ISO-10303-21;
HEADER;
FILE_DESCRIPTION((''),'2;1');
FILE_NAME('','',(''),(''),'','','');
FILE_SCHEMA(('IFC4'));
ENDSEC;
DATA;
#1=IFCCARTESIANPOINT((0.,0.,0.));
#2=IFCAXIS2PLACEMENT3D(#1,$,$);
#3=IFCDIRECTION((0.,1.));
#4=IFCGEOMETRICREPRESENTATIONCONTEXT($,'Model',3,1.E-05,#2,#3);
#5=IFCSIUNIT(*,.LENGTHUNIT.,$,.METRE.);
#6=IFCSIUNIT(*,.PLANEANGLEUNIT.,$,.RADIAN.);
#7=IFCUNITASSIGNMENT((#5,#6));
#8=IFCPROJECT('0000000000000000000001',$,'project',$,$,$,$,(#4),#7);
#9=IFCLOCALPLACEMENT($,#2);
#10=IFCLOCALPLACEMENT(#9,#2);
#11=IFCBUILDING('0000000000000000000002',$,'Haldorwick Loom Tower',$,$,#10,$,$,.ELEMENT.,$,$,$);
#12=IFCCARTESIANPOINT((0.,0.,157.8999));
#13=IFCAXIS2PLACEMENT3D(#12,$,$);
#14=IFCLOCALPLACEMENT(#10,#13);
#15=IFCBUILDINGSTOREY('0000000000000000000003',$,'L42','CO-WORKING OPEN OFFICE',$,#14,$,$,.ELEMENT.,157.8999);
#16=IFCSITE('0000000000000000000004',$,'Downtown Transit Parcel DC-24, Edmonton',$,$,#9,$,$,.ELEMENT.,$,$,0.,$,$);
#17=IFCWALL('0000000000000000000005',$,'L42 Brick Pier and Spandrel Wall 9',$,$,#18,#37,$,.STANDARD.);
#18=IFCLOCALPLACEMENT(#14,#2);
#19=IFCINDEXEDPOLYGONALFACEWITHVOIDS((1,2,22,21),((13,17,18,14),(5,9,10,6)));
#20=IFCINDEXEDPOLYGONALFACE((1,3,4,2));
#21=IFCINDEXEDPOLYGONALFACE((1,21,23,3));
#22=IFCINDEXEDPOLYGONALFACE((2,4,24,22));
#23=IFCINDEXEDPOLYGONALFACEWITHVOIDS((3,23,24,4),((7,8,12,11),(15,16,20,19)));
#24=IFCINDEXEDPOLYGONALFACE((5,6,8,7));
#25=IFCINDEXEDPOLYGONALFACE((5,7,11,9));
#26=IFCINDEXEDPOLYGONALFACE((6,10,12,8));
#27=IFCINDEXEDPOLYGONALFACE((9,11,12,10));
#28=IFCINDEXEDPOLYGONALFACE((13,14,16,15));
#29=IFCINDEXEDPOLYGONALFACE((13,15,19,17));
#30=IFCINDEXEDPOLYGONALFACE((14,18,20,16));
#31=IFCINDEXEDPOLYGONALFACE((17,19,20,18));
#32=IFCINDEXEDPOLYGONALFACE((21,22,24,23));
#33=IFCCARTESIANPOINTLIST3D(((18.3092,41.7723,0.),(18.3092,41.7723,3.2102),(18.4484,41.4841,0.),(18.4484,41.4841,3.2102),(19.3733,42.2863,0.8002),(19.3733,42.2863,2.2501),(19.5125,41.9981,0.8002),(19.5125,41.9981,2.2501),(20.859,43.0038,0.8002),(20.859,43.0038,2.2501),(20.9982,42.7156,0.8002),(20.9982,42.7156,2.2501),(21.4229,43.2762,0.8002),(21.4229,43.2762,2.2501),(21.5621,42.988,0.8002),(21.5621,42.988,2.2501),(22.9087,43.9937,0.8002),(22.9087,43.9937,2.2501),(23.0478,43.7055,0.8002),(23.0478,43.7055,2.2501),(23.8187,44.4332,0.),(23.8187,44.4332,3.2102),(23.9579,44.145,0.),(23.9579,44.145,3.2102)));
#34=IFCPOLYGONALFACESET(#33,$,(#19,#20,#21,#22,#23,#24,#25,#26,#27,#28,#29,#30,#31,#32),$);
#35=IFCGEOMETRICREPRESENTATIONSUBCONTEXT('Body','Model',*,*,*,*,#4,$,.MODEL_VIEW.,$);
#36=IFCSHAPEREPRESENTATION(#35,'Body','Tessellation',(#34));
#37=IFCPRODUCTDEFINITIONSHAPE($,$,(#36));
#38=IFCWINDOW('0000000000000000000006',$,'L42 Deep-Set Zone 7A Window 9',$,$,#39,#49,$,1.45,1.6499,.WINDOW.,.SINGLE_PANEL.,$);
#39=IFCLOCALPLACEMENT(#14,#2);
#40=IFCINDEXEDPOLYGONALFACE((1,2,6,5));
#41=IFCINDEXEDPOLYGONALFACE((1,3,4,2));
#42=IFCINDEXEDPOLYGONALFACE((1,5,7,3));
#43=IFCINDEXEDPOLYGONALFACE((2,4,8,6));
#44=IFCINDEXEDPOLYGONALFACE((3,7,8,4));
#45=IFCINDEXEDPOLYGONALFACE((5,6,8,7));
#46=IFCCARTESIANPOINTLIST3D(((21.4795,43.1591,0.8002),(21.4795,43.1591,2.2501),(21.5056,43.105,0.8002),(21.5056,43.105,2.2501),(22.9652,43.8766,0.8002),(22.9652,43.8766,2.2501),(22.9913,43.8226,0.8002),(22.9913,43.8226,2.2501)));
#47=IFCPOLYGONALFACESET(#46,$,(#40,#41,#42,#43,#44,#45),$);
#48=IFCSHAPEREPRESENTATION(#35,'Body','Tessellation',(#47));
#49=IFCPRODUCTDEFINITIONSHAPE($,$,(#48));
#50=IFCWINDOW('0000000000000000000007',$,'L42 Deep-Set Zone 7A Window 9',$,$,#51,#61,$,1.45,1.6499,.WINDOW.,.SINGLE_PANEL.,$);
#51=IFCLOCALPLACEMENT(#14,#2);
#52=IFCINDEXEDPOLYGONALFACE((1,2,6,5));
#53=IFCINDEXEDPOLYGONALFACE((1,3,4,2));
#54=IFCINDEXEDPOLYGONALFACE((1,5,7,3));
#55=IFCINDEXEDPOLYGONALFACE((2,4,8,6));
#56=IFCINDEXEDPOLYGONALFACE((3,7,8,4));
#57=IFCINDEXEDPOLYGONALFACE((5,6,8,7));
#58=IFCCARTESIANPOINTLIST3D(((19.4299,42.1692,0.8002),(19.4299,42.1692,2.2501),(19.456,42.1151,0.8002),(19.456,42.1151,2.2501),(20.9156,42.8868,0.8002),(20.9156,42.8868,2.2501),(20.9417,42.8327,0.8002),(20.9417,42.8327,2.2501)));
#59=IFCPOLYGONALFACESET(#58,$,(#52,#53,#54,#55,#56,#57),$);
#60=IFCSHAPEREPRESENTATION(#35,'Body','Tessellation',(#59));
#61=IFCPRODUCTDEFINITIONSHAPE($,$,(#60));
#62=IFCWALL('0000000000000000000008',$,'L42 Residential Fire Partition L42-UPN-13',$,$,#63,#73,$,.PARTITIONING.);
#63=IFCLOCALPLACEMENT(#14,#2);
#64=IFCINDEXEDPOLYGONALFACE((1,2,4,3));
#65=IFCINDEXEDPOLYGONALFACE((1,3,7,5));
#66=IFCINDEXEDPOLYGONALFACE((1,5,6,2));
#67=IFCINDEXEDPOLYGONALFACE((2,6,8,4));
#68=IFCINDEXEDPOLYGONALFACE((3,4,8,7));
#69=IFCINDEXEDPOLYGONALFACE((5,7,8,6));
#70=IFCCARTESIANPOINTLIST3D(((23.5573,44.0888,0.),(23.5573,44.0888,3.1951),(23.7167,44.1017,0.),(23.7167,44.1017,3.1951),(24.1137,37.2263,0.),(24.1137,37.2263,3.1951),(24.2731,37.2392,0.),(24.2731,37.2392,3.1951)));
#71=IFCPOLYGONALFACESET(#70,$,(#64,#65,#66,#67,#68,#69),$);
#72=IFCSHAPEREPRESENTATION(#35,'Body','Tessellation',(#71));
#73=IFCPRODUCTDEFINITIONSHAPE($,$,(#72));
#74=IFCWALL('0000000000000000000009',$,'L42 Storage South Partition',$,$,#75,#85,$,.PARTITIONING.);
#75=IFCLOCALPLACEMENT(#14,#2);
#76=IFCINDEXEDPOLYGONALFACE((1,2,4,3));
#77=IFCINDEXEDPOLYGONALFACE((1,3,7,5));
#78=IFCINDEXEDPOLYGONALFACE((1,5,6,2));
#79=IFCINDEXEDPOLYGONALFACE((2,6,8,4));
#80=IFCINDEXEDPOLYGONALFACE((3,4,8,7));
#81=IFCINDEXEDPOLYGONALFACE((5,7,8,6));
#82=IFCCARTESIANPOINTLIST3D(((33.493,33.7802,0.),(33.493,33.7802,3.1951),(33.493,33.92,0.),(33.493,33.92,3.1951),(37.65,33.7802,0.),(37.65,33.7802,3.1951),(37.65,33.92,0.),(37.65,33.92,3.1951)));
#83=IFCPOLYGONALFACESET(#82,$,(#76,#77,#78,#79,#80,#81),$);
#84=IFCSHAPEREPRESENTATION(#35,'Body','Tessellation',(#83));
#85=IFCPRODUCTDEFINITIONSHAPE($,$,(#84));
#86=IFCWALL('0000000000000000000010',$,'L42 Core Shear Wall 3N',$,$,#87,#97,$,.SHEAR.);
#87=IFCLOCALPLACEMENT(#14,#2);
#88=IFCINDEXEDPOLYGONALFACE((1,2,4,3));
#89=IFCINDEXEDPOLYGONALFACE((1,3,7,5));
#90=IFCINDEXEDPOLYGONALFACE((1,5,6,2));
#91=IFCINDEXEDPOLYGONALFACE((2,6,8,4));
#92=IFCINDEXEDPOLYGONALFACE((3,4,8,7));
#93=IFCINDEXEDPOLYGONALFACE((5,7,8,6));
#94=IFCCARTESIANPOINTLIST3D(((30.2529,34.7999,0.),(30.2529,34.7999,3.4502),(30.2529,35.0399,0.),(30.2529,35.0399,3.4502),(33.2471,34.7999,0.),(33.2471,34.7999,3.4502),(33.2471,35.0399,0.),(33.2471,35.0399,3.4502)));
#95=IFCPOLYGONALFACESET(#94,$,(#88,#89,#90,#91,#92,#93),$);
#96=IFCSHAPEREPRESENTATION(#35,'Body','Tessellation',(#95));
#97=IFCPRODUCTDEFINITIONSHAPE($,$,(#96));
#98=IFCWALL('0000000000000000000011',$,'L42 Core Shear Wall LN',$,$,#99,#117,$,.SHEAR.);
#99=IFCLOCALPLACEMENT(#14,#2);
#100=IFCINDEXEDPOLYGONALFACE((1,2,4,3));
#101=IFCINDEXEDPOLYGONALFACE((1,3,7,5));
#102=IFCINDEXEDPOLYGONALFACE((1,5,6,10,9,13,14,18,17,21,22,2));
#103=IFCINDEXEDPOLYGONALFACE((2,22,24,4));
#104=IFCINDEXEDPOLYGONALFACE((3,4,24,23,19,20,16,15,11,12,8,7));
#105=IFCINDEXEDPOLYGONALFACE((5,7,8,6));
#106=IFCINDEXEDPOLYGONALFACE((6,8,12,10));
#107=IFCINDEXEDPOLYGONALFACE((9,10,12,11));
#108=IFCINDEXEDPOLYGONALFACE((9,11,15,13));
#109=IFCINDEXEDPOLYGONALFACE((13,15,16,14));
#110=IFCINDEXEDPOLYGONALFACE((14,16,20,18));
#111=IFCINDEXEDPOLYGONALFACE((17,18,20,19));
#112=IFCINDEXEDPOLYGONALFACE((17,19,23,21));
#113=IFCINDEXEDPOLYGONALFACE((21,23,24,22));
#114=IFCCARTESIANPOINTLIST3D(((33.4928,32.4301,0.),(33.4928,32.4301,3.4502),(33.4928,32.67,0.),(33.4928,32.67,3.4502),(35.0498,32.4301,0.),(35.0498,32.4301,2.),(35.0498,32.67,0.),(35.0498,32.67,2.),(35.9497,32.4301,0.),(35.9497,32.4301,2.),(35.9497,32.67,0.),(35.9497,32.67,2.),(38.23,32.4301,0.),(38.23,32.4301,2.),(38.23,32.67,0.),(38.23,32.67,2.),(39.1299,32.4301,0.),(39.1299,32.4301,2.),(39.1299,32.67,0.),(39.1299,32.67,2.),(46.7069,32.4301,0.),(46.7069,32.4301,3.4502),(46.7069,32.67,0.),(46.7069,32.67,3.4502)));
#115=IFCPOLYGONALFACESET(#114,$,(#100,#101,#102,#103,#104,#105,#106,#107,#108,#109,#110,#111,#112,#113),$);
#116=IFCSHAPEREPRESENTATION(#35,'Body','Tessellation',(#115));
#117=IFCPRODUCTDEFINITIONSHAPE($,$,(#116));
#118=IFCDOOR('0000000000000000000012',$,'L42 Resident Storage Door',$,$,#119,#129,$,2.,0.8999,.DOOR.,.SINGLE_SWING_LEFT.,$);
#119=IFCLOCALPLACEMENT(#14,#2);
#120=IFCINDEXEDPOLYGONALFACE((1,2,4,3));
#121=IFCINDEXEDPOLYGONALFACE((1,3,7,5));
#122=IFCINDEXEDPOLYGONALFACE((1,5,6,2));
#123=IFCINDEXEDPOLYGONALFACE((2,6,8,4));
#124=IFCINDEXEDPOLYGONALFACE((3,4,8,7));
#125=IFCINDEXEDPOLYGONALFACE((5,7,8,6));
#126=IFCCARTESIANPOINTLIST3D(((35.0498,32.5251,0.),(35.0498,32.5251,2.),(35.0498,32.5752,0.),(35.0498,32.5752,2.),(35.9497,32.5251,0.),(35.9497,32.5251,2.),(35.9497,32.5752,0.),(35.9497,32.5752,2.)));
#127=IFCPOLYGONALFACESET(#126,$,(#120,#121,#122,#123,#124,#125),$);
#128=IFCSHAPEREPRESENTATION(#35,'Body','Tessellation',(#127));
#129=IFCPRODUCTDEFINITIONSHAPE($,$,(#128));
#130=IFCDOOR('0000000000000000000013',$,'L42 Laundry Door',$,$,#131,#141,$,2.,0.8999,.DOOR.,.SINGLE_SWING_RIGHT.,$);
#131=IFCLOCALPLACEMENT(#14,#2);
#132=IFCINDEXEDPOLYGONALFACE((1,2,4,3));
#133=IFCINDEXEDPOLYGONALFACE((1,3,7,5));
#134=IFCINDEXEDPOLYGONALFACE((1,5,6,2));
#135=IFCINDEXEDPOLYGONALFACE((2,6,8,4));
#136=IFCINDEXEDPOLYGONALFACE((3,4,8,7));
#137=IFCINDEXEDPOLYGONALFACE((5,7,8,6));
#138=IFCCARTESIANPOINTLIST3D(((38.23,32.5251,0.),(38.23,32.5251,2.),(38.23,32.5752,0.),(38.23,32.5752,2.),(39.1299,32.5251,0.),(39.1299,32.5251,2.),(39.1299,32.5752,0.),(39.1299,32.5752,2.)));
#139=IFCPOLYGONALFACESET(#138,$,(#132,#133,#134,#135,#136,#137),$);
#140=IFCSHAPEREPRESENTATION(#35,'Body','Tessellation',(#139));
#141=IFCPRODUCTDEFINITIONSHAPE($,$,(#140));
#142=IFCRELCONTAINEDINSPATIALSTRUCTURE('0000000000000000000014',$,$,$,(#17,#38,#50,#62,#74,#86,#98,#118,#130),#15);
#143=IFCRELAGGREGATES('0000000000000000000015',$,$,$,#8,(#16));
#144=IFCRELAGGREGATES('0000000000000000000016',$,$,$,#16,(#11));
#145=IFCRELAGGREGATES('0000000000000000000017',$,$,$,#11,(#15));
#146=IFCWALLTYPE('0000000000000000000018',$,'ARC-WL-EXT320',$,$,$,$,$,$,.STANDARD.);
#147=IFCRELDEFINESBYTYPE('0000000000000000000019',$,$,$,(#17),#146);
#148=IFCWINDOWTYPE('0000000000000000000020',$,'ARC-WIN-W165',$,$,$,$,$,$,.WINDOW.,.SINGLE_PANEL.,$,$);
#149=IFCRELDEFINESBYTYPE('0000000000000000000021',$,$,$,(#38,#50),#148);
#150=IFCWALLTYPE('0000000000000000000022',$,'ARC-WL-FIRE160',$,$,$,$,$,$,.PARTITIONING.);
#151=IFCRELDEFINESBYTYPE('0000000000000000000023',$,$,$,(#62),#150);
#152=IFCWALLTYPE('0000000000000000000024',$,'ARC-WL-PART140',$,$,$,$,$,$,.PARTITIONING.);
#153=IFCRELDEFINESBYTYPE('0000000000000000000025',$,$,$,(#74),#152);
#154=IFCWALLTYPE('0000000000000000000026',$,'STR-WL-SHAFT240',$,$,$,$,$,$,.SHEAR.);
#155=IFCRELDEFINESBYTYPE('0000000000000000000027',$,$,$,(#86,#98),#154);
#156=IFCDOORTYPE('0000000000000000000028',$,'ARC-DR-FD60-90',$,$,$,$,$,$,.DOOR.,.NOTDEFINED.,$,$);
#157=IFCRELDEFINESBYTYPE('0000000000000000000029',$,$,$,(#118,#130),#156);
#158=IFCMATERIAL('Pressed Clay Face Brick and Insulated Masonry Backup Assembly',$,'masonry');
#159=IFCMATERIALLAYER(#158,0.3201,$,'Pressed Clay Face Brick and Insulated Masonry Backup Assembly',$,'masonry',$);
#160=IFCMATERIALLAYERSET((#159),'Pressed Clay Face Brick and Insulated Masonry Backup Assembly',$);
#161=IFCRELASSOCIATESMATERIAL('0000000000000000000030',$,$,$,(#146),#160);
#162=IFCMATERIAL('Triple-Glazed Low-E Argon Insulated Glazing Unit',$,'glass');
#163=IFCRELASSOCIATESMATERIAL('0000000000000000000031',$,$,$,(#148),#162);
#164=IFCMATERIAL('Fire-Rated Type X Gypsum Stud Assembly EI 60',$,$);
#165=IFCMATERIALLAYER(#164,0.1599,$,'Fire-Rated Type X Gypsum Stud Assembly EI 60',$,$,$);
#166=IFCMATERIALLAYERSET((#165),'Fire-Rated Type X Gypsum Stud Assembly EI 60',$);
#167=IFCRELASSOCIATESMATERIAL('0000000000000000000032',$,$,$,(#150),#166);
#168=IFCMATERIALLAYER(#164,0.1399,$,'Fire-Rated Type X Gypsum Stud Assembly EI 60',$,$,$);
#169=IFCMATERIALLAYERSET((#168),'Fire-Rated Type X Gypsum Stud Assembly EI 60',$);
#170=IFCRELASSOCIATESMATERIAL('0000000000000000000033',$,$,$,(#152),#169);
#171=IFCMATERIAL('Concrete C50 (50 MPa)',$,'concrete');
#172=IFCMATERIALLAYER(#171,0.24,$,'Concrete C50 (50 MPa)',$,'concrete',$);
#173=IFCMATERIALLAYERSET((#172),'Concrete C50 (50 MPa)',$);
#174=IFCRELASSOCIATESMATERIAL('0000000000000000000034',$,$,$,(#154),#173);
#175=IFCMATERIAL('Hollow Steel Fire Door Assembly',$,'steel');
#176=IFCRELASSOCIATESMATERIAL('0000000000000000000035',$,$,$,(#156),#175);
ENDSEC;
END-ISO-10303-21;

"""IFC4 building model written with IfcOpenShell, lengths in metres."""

from ifc_helpers import new_model, si_unit, direction, frame, frame_2d, origin, place, context, subcontext, project, spatial, rectangle, extrude, material, layer, layer_set, type_object, element, fill, save


model = new_model("IFC4")

# Units and contexts
model_context = context("Model", 3, precision=1e-05, world=origin(), true_north=direction((0.0, 1.0)))
body_context = subcontext(model_context, "Body", "Model", "MODEL_VIEW")
ifc_project = project(units=[si_unit("LENGTHUNIT", "METRE"), si_unit("PLANEANGLEUNIT", "RADIAN")], contexts=[model_context])

# Site, building, storey
site_placement = place(None, origin())
site = spatial("IfcSite", under=ifc_project, at=site_placement, Name="Downtown Transit Parcel DC-24, Edmonton", CompositionType="ELEMENT", RefElevation=0.0)
building_placement = place(site_placement, origin())
building = spatial("IfcBuilding", under=site, at=building_placement, Name="Haldorwick Loom Tower", CompositionType="ELEMENT")
storey_placement = place(building_placement, frame((0.0, 0.0, 157.8999)))
storey = spatial("IfcBuildingStorey", under=building, at=storey_placement, Name="L42", Description="CO-WORKING OPEN OFFICE", CompositionType="ELEMENT", Elevation=157.8999)

# Shared definitions
ifc_material_1 = material(Name="Pressed Clay Face Brick and Insulated Masonry Backup Assembly", Category="masonry")
ifc_layer_1 = layer(ifc_material_1, 0.3201, Name="Pressed Clay Face Brick and Insulated Masonry Backup Assembly", Category="masonry")
ifc_layer_set_1 = layer_set([ifc_layer_1], Name="Pressed Clay Face Brick and Insulated Masonry Backup Assembly")
wall_type_1 = type_object("IfcWallType", Name="ARC-WL-EXT320", PredefinedType="STANDARD", material=ifc_layer_set_1)

# Wall, openings, windows
wall_1_placement = place(storey_placement, frame((23.8882, 44.2891, 0.0), z_axis=(0.0, 0.0, 1.0), x_axis=(-0.90048, -0.434897, 0.0)))
wall_1 = element("IfcWall", 1, at=wall_1_placement, inside=storey, type_object=wall_type_1, Name="L42 Brick Pier and Spandrel Wall 9", PredefinedType="STANDARD", context=body_context, shape_type="SweptSolid", body=[
    extrude(rectangle(XDim=6.1184, YDim=0.3201, at=frame_2d((3.0591, 0.0))), origin(), (0.0, 0.0, 1.0), 3.2102),
])
opening_1_placement = place(wall_1_placement, frame((1.0105, 0.0, 0.8)))
opening_1 = element("IfcOpeningElement", 2, at=opening_1_placement, cuts=wall_1, PredefinedType="OPENING", context=body_context, shape_type="SweptSolid", body=[
    extrude(rectangle(XDim=1.6499, YDim=1.45, at=frame_2d((0.825, 0.7251))), frame((0.0, 0.1699, 0.0), z_axis=(0.0, -1.0, 0.0), x_axis=(1.0, 0.0, 0.0)), (0.0, 0.0, 1.0), 0.3401),
])
opening_2_placement = place(wall_1_placement, frame((3.2866, 0.0, 0.8)))
opening_2 = element("IfcOpeningElement", 3, at=opening_2_placement, cuts=wall_1, PredefinedType="OPENING", context=body_context, shape_type="SweptSolid", body=[
    extrude(rectangle(XDim=1.6499, YDim=1.45, at=frame_2d((0.825, 0.7251))), frame((0.0, 0.1699, 0.0), z_axis=(0.0, -1.0, 0.0), x_axis=(1.0, 0.0, 0.0)), (0.0, 0.0, 1.0), 0.3401),
])
ifc_material_2 = material(Name="Triple-Glazed Low-E Argon Insulated Glazing Unit", Category="glass")
window_type = type_object("IfcWindowType", Name="ARC-WIN-W165", PartitioningType="SINGLE_PANEL", PredefinedType="WINDOW", material=ifc_material_2)
window_1_placement = place(opening_1_placement, origin())
window_1 = element("IfcWindow", 4, at=window_1_placement, inside=storey, type_object=window_type, Name="L42 Deep-Set Zone 7A Window 9", OverallHeight=1.45, OverallWidth=1.6499, PartitioningType="SINGLE_PANEL", PredefinedType="WINDOW", context=body_context, shape_type="SweptSolid", body=[
    extrude(rectangle(XDim=1.6499, YDim=1.45, at=frame_2d((0.825, 0.7251))), frame((0.0, 0.03, 0.0), z_axis=(0.0, -1.0, 0.0), x_axis=(1.0, 0.0, 0.0)), (0.0, 0.0, 1.0), 0.0601),
])
fill(opening_1, window_1)
window_2_placement = place(opening_2_placement, origin())
window_2 = element("IfcWindow", 5, at=window_2_placement, inside=storey, type_object=window_type, Name="L42 Deep-Set Zone 7A Window 9", OverallHeight=1.45, OverallWidth=1.6499, PartitioningType="SINGLE_PANEL", PredefinedType="WINDOW", context=body_context, shape_type="SweptSolid", body=[
    extrude(rectangle(XDim=1.6499, YDim=1.45, at=frame_2d((0.825, 0.7251))), frame((0.0, 0.03, 0.0), z_axis=(0.0, -1.0, 0.0), x_axis=(1.0, 0.0, 0.0)), (0.0, 0.0, 1.0), 0.0601),
])
fill(opening_2, window_2)

# Walls
ifc_material_3 = material(Name="Fire-Rated Type X Gypsum Stud Assembly EI 60")
ifc_layer_2 = layer(ifc_material_3, 0.1599, Name="Fire-Rated Type X Gypsum Stud Assembly EI 60")
ifc_layer_set_2 = layer_set([ifc_layer_2], Name="Fire-Rated Type X Gypsum Stud Assembly EI 60")
wall_type_2 = type_object("IfcWallType", Name="ARC-WL-FIRE160", PredefinedType="PARTITIONING", material=ifc_layer_set_2)
wall_2_placement = place(storey_placement, frame((24.1934, 37.2329, 0.0), z_axis=(0.0, 0.0, 1.0), x_axis=(-0.080812, 0.996729, 0.0)))
element("IfcWall", 6, at=wall_2_placement, inside=storey, type_object=wall_type_2, Name="L42 Residential Fire Partition L42-UPN-13", PredefinedType="PARTITIONING", context=body_context, shape_type="SweptSolid", body=[
    extrude(rectangle(XDim=6.885, YDim=0.1599, at=frame_2d((3.4424, 0.0))), origin(), (0.0, 0.0, 1.0), 3.1951),
])
ifc_layer_3 = layer(ifc_material_3, 0.1399, Name="Fire-Rated Type X Gypsum Stud Assembly EI 60")
ifc_layer_set_3 = layer_set([ifc_layer_3], Name="Fire-Rated Type X Gypsum Stud Assembly EI 60")
wall_type_3 = type_object("IfcWallType", Name="ARC-WL-PART140", PredefinedType="PARTITIONING", material=ifc_layer_set_3)
wall_3_placement = place(storey_placement, frame((33.4929, 33.8501, 0.0), z_axis=(0.0, 0.0, 1.0), x_axis=(1.0, 0.0, 0.0)))
element("IfcWall", 7, at=wall_3_placement, inside=storey, type_object=wall_type_3, Name="L42 Storage South Partition", PredefinedType="PARTITIONING", context=body_context, shape_type="SweptSolid", body=[
    extrude(rectangle(XDim=4.157, YDim=0.1399, at=frame_2d((2.0786, 0.0))), origin(), (0.0, 0.0, 1.0), 3.1951),
])
ifc_material_4 = material(Name="Concrete C50 (50 MPa)", Category="concrete")
ifc_layer_4 = layer(ifc_material_4, 0.24, Name="Concrete C50 (50 MPa)", Category="concrete")
ifc_layer_set_4 = layer_set([ifc_layer_4], Name="Concrete C50 (50 MPa)")
wall_type_4 = type_object("IfcWallType", Name="STR-WL-SHAFT240", PredefinedType="SHEAR", material=ifc_layer_set_4)
wall_4_placement = place(storey_placement, frame((30.2529, 34.9199, 0.0), z_axis=(0.0, 0.0, 1.0), x_axis=(1.0, 0.0, 0.0)))
element("IfcWall", 8, at=wall_4_placement, inside=storey, type_object=wall_type_4, Name="L42 Core Shear Wall 3N", PredefinedType="SHEAR", context=body_context, shape_type="SweptSolid", body=[
    extrude(rectangle(XDim=2.9941, YDim=0.24, at=frame_2d((1.4971, 0.0))), origin(), (0.0, 0.0, 1.0), 3.4502),
])

# Wall, openings, doors
wall_5_placement = place(storey_placement, frame((33.4929, 32.55, 0.0), z_axis=(0.0, 0.0, 1.0), x_axis=(1.0, 0.0, 0.0)))
wall_5 = element("IfcWall", 9, at=wall_5_placement, inside=storey, type_object=wall_type_4, Name="L42 Core Shear Wall LN", PredefinedType="SHEAR", context=body_context, shape_type="SweptSolid", body=[
    extrude(rectangle(XDim=13.2141, YDim=0.24, at=frame_2d((6.6069, 0.0))), origin(), (0.0, 0.0, 1.0), 3.4502),
])
opening_3_placement = place(wall_5_placement, frame((1.5569, 0.0, 0.0)))
opening_3 = element("IfcOpeningElement", 10, at=opening_3_placement, cuts=wall_5, PredefinedType="OPENING", context=body_context, shape_type="SweptSolid", body=[
    extrude(rectangle(XDim=0.8999, YDim=2.0, at=frame_2d((0.45, 1.0))), frame((0.0, 0.1299, 0.0), z_axis=(0.0, -1.0, 0.0), x_axis=(1.0, 0.0, 0.0)), (0.0, 0.0, 1.0), 0.26),
])
opening_4_placement = place(wall_5_placement, frame((4.7371, 0.0, 0.0)))
opening_4 = element("IfcOpeningElement", 11, at=opening_4_placement, cuts=wall_5, PredefinedType="OPENING", context=body_context, shape_type="SweptSolid", body=[
    extrude(rectangle(XDim=0.8999, YDim=2.0, at=frame_2d((0.45, 1.0))), frame((0.0, 0.1299, 0.0), z_axis=(0.0, -1.0, 0.0), x_axis=(1.0, 0.0, 0.0)), (0.0, 0.0, 1.0), 0.26),
])
ifc_material_5 = material(Name="Hollow Steel Fire Door Assembly", Category="steel")
door_type = type_object("IfcDoorType", Name="ARC-DR-FD60-90", OperationType="NOTDEFINED", PredefinedType="DOOR", material=ifc_material_5)
door_1_placement = place(opening_3_placement, frame((0.8999, 0.0, 0.0), z_axis=(0.0, 0.0, 1.0), x_axis=(-1.0, 0.0, 0.0)))
door_1 = element("IfcDoor", 12, at=door_1_placement, inside=storey, type_object=door_type, Name="L42 Resident Storage Door", OperationType="SINGLE_SWING_LEFT", OverallHeight=2.0, OverallWidth=0.8999, PredefinedType="DOOR", context=body_context, shape_type="SweptSolid", body=[
    extrude(rectangle(XDim=0.8999, YDim=2.0, at=frame_2d((0.45, 1.0))), frame((0.0, 0.0249, 0.0), z_axis=(0.0, -1.0, 0.0), x_axis=(1.0, 0.0, 0.0)), (0.0, 0.0, 1.0), 0.05),
])
fill(opening_3, door_1)
door_2_placement = place(opening_4_placement, frame((0.8999, 0.0, 0.0), z_axis=(0.0, 0.0, 1.0), x_axis=(-1.0, 0.0, 0.0)))
door_2 = element("IfcDoor", 13, at=door_2_placement, inside=storey, type_object=door_type, Name="L42 Laundry Door", OperationType="SINGLE_SWING_RIGHT", OverallHeight=2.0, OverallWidth=0.8999, PredefinedType="DOOR", context=body_context, shape_type="SweptSolid", body=[
    extrude(rectangle(XDim=0.8999, YDim=2.0, at=frame_2d((0.45, 1.0))), frame((0.0, 0.0249, 0.0), z_axis=(0.0, -1.0, 0.0), x_axis=(1.0, 0.0, 0.0)), (0.0, 0.0, 1.0), 0.05),
])
fill(opening_4, door_2)

save(model, "model.ifc")
